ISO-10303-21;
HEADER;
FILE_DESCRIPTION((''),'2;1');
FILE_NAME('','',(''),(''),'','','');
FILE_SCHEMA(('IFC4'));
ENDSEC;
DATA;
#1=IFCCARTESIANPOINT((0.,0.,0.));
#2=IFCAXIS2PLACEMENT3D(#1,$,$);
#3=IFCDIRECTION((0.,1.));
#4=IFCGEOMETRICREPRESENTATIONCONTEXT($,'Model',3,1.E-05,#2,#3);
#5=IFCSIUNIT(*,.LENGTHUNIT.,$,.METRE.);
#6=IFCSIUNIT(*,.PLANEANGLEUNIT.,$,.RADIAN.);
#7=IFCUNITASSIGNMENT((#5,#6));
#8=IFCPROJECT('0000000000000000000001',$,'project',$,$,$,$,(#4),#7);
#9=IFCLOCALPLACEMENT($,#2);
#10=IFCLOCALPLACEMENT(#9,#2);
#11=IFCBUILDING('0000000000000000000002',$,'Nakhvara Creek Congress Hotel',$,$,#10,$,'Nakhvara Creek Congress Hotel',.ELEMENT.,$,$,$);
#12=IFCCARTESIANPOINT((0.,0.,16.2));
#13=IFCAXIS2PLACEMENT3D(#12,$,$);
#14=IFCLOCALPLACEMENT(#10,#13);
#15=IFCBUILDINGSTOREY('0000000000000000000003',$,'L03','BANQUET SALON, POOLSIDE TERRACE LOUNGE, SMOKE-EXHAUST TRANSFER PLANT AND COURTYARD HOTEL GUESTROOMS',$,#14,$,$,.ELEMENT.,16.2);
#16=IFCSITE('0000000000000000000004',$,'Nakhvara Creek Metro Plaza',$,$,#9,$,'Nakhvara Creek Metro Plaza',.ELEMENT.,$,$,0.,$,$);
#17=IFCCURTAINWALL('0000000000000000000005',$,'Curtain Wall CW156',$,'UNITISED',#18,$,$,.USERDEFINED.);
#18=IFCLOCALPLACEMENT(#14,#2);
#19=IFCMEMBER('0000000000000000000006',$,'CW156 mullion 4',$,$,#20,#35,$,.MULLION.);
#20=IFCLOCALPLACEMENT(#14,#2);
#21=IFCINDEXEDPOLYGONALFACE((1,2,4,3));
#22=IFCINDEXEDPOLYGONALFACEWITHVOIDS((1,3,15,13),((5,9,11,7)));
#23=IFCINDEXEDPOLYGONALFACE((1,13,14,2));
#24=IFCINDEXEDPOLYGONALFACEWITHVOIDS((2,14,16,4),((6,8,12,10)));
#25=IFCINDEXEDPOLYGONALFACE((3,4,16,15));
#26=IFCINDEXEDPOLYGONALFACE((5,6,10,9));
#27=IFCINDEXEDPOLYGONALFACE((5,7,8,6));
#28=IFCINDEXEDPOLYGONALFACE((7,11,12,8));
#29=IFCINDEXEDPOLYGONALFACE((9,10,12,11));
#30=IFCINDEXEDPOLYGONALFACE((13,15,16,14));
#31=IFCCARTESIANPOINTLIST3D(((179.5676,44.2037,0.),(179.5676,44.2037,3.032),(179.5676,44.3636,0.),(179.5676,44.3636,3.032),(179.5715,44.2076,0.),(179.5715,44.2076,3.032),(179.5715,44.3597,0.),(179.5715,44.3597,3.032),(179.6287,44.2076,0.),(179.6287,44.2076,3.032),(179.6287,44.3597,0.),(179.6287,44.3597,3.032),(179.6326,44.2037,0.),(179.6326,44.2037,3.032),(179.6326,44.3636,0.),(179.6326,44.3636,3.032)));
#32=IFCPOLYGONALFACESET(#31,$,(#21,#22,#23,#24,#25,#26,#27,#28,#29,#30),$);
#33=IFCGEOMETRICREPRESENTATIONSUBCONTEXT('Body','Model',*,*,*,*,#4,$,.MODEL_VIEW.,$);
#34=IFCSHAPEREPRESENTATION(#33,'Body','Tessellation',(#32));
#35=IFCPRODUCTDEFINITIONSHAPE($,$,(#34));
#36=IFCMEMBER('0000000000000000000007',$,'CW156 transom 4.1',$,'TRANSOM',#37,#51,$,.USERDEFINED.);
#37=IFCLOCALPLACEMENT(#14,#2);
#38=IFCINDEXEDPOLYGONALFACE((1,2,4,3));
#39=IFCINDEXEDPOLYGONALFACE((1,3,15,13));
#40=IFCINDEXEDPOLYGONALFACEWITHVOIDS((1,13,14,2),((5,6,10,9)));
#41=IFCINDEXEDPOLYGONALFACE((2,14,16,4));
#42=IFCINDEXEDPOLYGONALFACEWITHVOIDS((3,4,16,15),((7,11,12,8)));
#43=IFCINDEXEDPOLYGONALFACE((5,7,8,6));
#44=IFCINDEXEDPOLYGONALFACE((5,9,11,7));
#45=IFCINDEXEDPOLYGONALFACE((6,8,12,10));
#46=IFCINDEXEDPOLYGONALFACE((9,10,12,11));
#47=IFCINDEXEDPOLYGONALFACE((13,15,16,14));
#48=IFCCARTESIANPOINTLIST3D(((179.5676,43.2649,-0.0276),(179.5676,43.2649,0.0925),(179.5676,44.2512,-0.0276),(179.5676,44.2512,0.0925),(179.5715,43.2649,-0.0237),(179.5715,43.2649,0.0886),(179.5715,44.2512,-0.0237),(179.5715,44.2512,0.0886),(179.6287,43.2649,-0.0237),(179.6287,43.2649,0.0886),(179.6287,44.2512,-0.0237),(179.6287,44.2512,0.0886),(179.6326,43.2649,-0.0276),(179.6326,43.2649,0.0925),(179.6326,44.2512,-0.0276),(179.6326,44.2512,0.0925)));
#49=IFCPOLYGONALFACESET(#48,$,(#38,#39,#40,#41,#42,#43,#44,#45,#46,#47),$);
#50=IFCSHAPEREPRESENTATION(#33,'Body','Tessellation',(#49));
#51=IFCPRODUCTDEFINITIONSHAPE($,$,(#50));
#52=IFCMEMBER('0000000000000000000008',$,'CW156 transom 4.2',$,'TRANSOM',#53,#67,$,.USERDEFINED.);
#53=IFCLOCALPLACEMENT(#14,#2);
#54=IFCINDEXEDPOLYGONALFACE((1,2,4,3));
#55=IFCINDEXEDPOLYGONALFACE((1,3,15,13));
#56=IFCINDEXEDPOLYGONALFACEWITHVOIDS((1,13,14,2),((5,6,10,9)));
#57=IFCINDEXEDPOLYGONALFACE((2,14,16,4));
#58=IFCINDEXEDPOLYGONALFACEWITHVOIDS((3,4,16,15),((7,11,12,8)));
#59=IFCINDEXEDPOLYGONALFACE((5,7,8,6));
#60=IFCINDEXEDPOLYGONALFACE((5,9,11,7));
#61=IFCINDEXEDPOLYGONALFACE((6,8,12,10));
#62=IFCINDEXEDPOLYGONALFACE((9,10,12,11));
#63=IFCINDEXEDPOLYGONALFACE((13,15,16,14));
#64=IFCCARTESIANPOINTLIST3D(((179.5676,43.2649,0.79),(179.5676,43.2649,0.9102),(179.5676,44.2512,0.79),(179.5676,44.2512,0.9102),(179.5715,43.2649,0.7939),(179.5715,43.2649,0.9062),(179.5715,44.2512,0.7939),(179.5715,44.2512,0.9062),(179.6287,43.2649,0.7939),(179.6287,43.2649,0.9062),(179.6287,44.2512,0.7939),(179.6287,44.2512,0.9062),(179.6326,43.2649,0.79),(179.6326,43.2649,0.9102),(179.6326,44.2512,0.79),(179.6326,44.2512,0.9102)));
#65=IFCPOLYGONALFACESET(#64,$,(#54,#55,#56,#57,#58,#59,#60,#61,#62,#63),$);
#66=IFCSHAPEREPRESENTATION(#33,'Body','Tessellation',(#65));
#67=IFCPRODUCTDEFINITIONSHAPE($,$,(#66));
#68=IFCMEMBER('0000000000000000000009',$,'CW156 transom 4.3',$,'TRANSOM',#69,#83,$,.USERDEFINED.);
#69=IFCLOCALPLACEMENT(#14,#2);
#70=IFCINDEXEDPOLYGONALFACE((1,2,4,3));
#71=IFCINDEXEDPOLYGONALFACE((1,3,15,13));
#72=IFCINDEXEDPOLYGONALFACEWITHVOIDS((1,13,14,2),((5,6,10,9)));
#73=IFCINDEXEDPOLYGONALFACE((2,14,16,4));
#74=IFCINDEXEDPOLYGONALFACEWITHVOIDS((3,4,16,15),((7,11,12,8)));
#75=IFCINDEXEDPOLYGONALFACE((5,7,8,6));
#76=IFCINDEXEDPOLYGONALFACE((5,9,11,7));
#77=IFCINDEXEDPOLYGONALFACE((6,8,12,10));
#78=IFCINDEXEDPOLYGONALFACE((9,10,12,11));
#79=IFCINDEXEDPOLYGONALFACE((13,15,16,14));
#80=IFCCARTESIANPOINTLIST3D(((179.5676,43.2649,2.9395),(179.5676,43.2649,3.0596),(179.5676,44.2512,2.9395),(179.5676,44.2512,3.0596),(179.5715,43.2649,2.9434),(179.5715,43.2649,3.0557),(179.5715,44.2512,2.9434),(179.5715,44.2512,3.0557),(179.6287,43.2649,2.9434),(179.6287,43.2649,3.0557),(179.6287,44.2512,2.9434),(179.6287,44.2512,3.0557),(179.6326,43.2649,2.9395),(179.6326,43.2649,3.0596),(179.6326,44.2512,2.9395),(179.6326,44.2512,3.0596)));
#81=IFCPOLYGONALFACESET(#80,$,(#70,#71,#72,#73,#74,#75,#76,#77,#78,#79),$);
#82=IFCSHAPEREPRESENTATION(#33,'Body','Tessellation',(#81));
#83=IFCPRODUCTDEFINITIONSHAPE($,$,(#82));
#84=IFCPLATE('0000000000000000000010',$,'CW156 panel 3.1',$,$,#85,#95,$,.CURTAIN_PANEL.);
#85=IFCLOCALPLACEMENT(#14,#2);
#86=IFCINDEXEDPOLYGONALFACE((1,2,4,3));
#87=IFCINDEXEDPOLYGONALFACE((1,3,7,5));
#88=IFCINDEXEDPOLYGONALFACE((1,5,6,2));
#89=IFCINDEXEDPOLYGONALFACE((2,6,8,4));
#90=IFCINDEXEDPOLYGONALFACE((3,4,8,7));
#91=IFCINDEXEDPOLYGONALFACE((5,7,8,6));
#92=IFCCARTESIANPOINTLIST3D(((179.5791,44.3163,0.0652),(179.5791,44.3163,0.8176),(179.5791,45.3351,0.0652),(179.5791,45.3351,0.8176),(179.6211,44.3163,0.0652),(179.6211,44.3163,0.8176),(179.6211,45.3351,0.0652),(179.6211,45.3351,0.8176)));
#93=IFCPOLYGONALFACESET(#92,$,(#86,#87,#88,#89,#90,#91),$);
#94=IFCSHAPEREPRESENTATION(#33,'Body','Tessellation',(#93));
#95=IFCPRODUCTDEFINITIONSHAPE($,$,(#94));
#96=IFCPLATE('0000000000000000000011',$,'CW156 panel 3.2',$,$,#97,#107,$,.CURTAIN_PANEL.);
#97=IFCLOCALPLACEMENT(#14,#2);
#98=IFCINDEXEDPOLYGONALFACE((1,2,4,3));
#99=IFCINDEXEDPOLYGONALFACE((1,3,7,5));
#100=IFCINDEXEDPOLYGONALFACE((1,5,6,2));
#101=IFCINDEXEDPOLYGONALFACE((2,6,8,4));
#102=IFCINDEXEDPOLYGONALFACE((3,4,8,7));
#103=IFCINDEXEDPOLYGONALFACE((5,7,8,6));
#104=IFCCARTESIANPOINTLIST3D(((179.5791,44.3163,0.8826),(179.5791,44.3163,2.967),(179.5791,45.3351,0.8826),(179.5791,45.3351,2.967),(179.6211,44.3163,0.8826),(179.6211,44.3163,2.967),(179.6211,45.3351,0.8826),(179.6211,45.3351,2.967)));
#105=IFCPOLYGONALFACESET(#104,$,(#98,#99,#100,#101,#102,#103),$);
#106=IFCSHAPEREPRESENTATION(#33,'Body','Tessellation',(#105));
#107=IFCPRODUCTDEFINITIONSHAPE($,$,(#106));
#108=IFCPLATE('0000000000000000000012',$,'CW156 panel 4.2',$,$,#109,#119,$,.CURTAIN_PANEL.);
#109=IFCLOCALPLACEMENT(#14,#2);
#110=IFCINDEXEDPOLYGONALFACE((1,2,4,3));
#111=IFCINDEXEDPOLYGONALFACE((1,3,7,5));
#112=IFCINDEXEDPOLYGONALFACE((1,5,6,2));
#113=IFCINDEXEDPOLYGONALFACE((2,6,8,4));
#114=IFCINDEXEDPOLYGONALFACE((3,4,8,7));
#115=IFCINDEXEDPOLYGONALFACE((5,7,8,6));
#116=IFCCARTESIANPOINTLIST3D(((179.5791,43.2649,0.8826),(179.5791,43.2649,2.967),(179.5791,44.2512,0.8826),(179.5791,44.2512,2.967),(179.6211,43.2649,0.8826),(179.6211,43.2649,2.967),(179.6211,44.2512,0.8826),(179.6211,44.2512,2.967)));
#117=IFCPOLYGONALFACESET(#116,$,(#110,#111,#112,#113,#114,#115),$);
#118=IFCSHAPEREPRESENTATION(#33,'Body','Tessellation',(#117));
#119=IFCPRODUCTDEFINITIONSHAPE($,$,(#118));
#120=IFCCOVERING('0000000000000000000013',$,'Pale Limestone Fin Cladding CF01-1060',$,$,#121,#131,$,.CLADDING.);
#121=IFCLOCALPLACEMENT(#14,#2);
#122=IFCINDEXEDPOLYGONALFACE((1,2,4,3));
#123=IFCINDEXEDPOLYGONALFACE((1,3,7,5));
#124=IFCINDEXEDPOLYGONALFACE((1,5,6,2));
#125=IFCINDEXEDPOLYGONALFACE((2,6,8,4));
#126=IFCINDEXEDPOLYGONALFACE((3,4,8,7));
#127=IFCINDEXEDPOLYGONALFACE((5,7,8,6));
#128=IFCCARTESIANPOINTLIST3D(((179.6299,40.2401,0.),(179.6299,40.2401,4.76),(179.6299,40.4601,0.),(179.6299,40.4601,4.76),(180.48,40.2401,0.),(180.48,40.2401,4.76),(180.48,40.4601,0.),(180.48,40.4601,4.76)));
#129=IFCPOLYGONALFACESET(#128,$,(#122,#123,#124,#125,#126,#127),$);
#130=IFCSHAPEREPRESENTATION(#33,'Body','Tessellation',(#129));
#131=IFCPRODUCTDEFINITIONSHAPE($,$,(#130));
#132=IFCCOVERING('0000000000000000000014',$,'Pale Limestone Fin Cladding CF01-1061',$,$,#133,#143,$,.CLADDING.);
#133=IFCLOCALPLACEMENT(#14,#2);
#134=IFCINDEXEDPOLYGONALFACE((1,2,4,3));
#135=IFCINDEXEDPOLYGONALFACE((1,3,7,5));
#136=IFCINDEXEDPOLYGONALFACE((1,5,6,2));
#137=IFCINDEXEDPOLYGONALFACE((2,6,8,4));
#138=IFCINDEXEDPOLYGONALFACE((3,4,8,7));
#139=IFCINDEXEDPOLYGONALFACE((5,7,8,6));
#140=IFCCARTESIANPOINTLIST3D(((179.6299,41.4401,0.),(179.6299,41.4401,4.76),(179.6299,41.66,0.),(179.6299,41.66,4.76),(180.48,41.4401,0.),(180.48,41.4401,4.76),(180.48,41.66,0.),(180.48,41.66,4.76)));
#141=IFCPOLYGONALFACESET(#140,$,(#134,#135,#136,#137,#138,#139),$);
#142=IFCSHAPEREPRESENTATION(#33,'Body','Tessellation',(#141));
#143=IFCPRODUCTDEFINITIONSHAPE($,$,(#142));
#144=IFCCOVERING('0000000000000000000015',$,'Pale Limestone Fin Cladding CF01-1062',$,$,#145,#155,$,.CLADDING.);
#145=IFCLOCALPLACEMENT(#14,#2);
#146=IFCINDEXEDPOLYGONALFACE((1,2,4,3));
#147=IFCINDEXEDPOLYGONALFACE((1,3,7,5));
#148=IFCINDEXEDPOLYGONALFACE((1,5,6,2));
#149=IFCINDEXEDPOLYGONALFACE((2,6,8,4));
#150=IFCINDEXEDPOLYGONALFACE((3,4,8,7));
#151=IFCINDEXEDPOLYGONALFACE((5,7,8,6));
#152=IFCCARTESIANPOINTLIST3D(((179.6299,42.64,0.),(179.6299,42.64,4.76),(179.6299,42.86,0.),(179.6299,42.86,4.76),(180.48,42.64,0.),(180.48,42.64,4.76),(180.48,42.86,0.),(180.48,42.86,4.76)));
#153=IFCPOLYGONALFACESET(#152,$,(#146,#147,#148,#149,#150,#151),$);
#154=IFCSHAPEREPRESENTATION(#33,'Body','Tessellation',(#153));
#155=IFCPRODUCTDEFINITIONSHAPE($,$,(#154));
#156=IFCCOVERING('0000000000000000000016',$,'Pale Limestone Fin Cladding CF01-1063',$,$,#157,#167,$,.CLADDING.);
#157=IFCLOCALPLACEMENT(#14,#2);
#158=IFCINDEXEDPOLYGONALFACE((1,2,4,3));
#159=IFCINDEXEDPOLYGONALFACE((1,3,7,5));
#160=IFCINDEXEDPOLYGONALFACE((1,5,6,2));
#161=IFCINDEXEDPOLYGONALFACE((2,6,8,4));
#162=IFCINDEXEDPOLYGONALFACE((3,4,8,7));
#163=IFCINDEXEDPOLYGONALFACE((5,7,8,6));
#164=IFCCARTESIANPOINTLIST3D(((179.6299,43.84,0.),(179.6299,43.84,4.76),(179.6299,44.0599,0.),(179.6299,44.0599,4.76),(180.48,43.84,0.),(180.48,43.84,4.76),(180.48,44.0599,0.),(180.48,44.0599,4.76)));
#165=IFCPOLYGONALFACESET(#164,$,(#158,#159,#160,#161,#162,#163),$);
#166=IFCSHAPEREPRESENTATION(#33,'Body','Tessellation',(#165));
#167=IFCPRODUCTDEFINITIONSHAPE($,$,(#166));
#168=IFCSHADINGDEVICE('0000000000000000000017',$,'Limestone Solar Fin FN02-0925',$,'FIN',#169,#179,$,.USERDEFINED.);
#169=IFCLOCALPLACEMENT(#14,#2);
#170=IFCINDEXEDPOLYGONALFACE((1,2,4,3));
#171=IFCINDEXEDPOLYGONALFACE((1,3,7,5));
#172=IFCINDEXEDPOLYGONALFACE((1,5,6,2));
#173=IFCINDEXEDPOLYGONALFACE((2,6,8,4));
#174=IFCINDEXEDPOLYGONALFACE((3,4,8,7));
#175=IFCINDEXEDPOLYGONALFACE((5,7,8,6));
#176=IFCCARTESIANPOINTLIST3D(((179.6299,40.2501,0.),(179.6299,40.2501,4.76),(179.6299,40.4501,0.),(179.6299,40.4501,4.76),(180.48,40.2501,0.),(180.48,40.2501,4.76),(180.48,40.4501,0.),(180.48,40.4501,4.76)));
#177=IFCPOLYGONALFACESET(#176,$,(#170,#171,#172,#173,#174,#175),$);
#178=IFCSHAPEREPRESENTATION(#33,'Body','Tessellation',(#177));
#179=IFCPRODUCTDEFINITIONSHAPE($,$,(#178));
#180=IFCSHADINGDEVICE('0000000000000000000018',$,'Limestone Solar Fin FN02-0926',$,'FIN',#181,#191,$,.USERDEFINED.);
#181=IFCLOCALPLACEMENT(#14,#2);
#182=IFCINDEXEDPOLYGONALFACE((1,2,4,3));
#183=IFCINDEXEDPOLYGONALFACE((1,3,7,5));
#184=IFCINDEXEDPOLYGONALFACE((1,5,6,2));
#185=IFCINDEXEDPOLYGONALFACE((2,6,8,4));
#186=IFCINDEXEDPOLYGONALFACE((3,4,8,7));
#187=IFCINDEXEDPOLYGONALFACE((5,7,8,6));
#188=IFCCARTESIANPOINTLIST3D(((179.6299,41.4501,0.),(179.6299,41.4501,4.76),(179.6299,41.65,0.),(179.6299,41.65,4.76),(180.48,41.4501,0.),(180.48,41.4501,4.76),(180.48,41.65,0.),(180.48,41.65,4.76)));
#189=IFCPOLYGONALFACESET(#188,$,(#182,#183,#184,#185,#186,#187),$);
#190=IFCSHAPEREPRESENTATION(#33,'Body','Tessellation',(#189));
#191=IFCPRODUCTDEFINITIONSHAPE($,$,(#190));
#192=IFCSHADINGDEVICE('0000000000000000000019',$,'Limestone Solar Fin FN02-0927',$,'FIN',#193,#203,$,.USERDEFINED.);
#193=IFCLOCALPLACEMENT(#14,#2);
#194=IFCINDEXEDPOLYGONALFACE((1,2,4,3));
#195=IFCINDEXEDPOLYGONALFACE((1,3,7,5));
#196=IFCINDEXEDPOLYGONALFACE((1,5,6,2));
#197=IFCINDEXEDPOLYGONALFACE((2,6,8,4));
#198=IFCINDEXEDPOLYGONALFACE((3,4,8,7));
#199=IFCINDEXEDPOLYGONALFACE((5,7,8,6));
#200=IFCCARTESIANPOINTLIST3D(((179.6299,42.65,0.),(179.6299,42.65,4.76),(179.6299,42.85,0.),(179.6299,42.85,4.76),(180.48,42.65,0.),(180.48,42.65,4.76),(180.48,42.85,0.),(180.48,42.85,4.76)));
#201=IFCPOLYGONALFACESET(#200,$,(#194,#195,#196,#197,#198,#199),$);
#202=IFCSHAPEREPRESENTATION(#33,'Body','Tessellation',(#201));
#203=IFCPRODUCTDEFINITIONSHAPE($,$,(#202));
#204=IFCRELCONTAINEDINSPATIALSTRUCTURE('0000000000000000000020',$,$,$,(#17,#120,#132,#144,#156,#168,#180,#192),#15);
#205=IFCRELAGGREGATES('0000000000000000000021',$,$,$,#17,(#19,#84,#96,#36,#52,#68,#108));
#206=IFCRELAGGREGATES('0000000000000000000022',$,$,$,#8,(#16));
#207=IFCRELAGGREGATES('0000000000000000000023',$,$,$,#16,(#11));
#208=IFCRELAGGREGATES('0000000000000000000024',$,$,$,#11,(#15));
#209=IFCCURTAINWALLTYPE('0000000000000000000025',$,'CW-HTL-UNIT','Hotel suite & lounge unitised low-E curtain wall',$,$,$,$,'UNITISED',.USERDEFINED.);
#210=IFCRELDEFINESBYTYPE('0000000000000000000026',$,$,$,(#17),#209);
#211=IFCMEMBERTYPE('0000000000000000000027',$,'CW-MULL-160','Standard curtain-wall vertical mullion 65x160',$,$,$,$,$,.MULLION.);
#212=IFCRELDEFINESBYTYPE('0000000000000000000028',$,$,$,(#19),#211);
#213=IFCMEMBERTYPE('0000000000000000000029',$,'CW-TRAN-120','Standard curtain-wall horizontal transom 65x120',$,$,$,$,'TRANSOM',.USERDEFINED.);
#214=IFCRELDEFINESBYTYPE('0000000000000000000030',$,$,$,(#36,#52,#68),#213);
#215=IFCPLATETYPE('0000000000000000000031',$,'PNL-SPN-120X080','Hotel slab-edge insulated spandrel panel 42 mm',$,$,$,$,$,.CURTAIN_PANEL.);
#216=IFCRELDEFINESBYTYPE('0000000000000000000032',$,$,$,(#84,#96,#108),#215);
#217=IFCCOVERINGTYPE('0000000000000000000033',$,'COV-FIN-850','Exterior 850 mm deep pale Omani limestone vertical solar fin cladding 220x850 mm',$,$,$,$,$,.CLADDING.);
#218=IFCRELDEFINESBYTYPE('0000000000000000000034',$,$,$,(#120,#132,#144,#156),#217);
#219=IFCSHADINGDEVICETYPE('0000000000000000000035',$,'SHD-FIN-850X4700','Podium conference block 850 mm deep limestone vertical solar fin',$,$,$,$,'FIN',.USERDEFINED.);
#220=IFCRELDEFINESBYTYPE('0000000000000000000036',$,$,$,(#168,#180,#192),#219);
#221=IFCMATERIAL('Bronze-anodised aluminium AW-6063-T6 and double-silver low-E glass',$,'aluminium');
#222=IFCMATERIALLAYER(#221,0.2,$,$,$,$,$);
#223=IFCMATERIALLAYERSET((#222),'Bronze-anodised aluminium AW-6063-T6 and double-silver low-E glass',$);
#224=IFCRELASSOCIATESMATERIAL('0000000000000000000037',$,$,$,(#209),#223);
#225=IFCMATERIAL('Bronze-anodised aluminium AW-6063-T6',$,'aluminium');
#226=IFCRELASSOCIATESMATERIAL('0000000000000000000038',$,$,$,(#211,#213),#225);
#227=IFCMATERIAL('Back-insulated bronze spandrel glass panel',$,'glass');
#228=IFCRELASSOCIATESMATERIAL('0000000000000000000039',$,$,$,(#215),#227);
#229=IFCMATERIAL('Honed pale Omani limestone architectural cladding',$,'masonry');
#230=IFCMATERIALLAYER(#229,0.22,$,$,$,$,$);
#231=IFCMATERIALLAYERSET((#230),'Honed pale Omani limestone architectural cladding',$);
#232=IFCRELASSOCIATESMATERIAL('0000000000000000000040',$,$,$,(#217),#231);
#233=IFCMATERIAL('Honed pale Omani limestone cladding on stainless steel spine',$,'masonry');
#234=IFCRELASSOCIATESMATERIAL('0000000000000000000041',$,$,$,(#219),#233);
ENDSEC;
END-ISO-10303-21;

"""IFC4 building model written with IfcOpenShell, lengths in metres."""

from ifc_helpers import new_model, si_unit, direction, frame, origin, origin_2d, place, context, subcontext, project, spatial, rectangle, hollow_rectangle, extrude, material, layer, layer_set, material_profile, profile_set, type_object, element, aggregate, save


model = new_model("IFC4")

# Units and contexts
model_context = context("Model", 3, precision=1e-05, world=origin(), true_north=direction((0.0, 1.0)))
body_context = subcontext(model_context, "Body", "Model", "MODEL_VIEW")
ifc_project = project(units=[si_unit("LENGTHUNIT", "METRE"), si_unit("PLANEANGLEUNIT", "RADIAN")], contexts=[model_context])

# Site, building, storey
site_placement = place(None, origin())
site = spatial("IfcSite", under=ifc_project, at=site_placement, Name="Nakhvara Creek Metro Plaza", LongName="Nakhvara Creek Metro Plaza", CompositionType="ELEMENT", RefElevation=0.0)
building_placement = place(site_placement, origin())
building = spatial("IfcBuilding", under=site, at=building_placement, Name="Nakhvara Creek Congress Hotel", LongName="Nakhvara Creek Congress Hotel", CompositionType="ELEMENT")
storey_placement = place(building_placement, frame((0.0, 0.0, 16.2)))
storey = spatial("IfcBuildingStorey", under=building, at=storey_placement, Name="L03", Description="BANQUET SALON, POOLSIDE TERRACE LOUNGE, SMOKE-EXHAUST TRANSFER PLANT AND COURTYARD HOTEL GUESTROOMS", CompositionType="ELEMENT", Elevation=16.2)

# Curtain wall, members, plates
ifc_material_1 = material(Name="Bronze-anodised aluminium AW-6063-T6 and double-silver low-E glass", Category="aluminium")
ifc_layer_1 = layer(ifc_material_1, 0.2)
ifc_layer_set_1 = layer_set([ifc_layer_1], Name="Bronze-anodised aluminium AW-6063-T6 and double-silver low-E glass")
curtain_wall_type = type_object("IfcCurtainWallType", Name="CW-HTL-UNIT", Description="Hotel suite & lounge unitised low-E curtain wall", ElementType="UNITISED", PredefinedType="USERDEFINED", material=ifc_layer_set_1)
curtain_wall_placement = place(storey_placement, origin())
curtain_wall = element("IfcCurtainWall", 1, at=curtain_wall_placement, inside=storey, type_object=curtain_wall_type, Name="Curtain Wall CW156", ObjectType="UNITISED", PredefinedType="USERDEFINED")
ifc_material_2 = material(Name="Bronze-anodised aluminium AW-6063-T6", Category="aluminium")
ifc_material_profile_1 = material_profile(ifc_material_2, hollow_rectangle(XDim=0.0649, YDim=0.1599, WallThickness=0.0039, at=origin_2d()), Name="ALU-MULL 65x160x4", Category="LoadBearing")
ifc_profile_set_1 = profile_set([ifc_material_profile_1], Name="Bronze-anodised aluminium AW-6063-T6")
member_type_1 = type_object("IfcMemberType", Name="CW-MULL-160", Description="Standard curtain-wall vertical mullion 65x160", PredefinedType="MULLION", material=ifc_profile_set_1)
member_1_placement = place(storey_placement, frame((179.6001, 44.2837, 0.0), z_axis=(0.0, 0.0, 1.0), x_axis=(1.0, 0.0, 0.0)))
member_1 = element("IfcMember", 2, at=member_1_placement, type_object=member_type_1, Name="CW156 mullion 4", PredefinedType="MULLION", context=body_context, shape_type="SweptSolid", body=[
    extrude(hollow_rectangle(XDim=0.0649, YDim=0.1599, WallThickness=0.0039, at=origin_2d()), origin(), (0.0, 0.0, 1.0), 3.032),
])
ifc_material_profile_2 = material_profile(ifc_material_2, hollow_rectangle(XDim=0.0649, YDim=0.1201, WallThickness=0.0039, at=origin_2d()), Name="ALU-TRAN 65x120x4", Category="LoadBearing")
ifc_profile_set_2 = profile_set([ifc_material_profile_2], Name="Bronze-anodised aluminium AW-6063-T6")
member_type_2 = type_object("IfcMemberType", Name="CW-TRAN-120", Description="Standard curtain-wall horizontal transom 65x120", ElementType="TRANSOM", PredefinedType="USERDEFINED", material=ifc_profile_set_2)
member_2_placement = place(storey_placement, frame((179.6001, 44.2512, 0.0325), z_axis=(0.0, -1.0, 0.0), x_axis=(1.0, 0.0, 0.0)))
member_2 = element("IfcMember", 3, at=member_2_placement, type_object=member_type_2, Name="CW156 transom 4.1", ObjectType="TRANSOM", PredefinedType="USERDEFINED", context=body_context, shape_type="SweptSolid", body=[
    extrude(hollow_rectangle(XDim=0.0649, YDim=0.1201, WallThickness=0.0039, at=origin_2d()), origin(), (0.0, 0.0, 1.0), 0.9863),
])
member_3_placement = place(storey_placement, frame((179.6001, 44.2512, 0.8501), z_axis=(0.0, -1.0, 0.0), x_axis=(1.0, 0.0, 0.0)))
member_3 = element("IfcMember", 4, at=member_3_placement, type_object=member_type_2, Name="CW156 transom 4.2", ObjectType="TRANSOM", PredefinedType="USERDEFINED", context=body_context, shape_type="SweptSolid", body=[
    extrude(hollow_rectangle(XDim=0.0649, YDim=0.1201, WallThickness=0.0039, at=origin_2d()), origin(), (0.0, 0.0, 1.0), 0.9863),
])
member_4_placement = place(storey_placement, frame((179.6001, 44.2512, 2.9995), z_axis=(0.0, -1.0, 0.0), x_axis=(1.0, 0.0, 0.0)))
member_4 = element("IfcMember", 5, at=member_4_placement, type_object=member_type_2, Name="CW156 transom 4.3", ObjectType="TRANSOM", PredefinedType="USERDEFINED", context=body_context, shape_type="SweptSolid", body=[
    extrude(hollow_rectangle(XDim=0.0649, YDim=0.1201, WallThickness=0.0039, at=origin_2d()), origin(), (0.0, 0.0, 1.0), 0.9863),
])
ifc_material_3 = material(Name="Back-insulated bronze spandrel glass panel", Category="glass")
plate_type = type_object("IfcPlateType", Name="PNL-SPN-120X080", Description="Hotel slab-edge insulated spandrel panel 42 mm", PredefinedType="CURTAIN_PANEL", material=ifc_material_3)
plate_1_placement = place(storey_placement, frame((179.6001, 44.8257, 0.0652), z_axis=(0.0, 0.0, 1.0), x_axis=(0.0, -1.0, 0.0)))
plate_1 = element("IfcPlate", 6, at=plate_1_placement, type_object=plate_type, Name="CW156 panel 3.1", PredefinedType="CURTAIN_PANEL", context=body_context, shape_type="SweptSolid", body=[
    extrude(rectangle(XDim=1.0188, YDim=0.042, at=origin_2d()), origin(), (0.0, 0.0, 1.0), 0.7524),
])
plate_2_placement = place(storey_placement, frame((179.6001, 44.8257, 0.8826), z_axis=(0.0, 0.0, 1.0), x_axis=(0.0, -1.0, 0.0)))
plate_2 = element("IfcPlate", 7, at=plate_2_placement, type_object=plate_type, Name="CW156 panel 3.2", PredefinedType="CURTAIN_PANEL", context=body_context, shape_type="SweptSolid", body=[
    extrude(rectangle(XDim=1.0188, YDim=0.042, at=origin_2d()), origin(), (0.0, 0.0, 1.0), 2.0845),
])
plate_3_placement = place(storey_placement, frame((179.6001, 43.7581, 0.8826), z_axis=(0.0, 0.0, 1.0), x_axis=(0.0, -1.0, 0.0)))
plate_3 = element("IfcPlate", 8, at=plate_3_placement, type_object=plate_type, Name="CW156 panel 4.2", PredefinedType="CURTAIN_PANEL", context=body_context, shape_type="SweptSolid", body=[
    extrude(rectangle(XDim=0.9863, YDim=0.042, at=origin_2d()), origin(), (0.0, 0.0, 1.0), 2.0845),
])
aggregate(curtain_wall, [member_1, plate_1, plate_2, member_2, member_3, member_4, plate_3])

# Coverings
ifc_material_4 = material(Name="Honed pale Omani limestone architectural cladding", Category="masonry")
ifc_layer_2 = layer(ifc_material_4, 0.22)
ifc_layer_set_2 = layer_set([ifc_layer_2], Name="Honed pale Omani limestone architectural cladding")
covering_type = type_object("IfcCoveringType", Name="COV-FIN-850", Description="Exterior 850 mm deep pale Omani limestone vertical solar fin cladding 220x850 mm", PredefinedType="CLADDING", material=ifc_layer_set_2)
for number, where, z_axis, x_axis, name in (
    (9, (180.0549, 40.3501, 0.0), (0.0, 0.0, 1.0), (0.0, 1.0, 0.0), "Pale Limestone Fin Cladding CF01-1060"),
    (10, (180.0549, 41.55, 0.0), (0.0, 0.0, 1.0), (0.0, 1.0, 0.0), "Pale Limestone Fin Cladding CF01-1061"),
    (11, (180.0549, 42.75, 0.0), (0.0, 0.0, 1.0), (0.0, 1.0, 0.0), "Pale Limestone Fin Cladding CF01-1062"),
    (12, (180.0549, 43.95, 0.0), (0.0, 0.0, 1.0), (0.0, 1.0, 0.0), "Pale Limestone Fin Cladding CF01-1063"),
):
    element("IfcCovering", number, at=place(storey_placement, frame(where, z_axis=z_axis, x_axis=x_axis)), inside=storey, type_object=covering_type, Name=name, PredefinedType="CLADDING", context=body_context, shape_type="SweptSolid", body=[
        extrude(rectangle(XDim=0.22, YDim=0.8501, at=origin_2d()), origin(), (0.0, 0.0, 1.0), 4.76),
    ])

# Shading devices
ifc_material_5 = material(Name="Honed pale Omani limestone cladding on stainless steel spine", Category="masonry")
shading_device_type = type_object("IfcShadingDeviceType", Name="SHD-FIN-850X4700", Description="Podium conference block 850 mm deep limestone vertical solar fin", ElementType="FIN", PredefinedType="USERDEFINED", material=ifc_material_5)
for number, where, z_axis, x_axis, name in (
    (13, (180.0549, 40.3501, 0.0), (0.0, 0.0, 1.0), (0.0, 1.0, 0.0), "Limestone Solar Fin FN02-0925"),
    (14, (180.0549, 41.55, 0.0), (0.0, 0.0, 1.0), (0.0, 1.0, 0.0), "Limestone Solar Fin FN02-0926"),
    (15, (180.0549, 42.75, 0.0), (0.0, 0.0, 1.0), (0.0, 1.0, 0.0), "Limestone Solar Fin FN02-0927"),
):
    element("IfcShadingDevice", number, at=place(storey_placement, frame(where, z_axis=z_axis, x_axis=x_axis)), inside=storey, type_object=shading_device_type, Name=name, ObjectType="FIN", PredefinedType="USERDEFINED", context=body_context, shape_type="SweptSolid", body=[
        extrude(rectangle(XDim=0.2, YDim=0.8501, at=origin_2d()), origin(), (0.0, 0.0, 1.0), 4.76),
    ])

save(model, "model.ifc")
